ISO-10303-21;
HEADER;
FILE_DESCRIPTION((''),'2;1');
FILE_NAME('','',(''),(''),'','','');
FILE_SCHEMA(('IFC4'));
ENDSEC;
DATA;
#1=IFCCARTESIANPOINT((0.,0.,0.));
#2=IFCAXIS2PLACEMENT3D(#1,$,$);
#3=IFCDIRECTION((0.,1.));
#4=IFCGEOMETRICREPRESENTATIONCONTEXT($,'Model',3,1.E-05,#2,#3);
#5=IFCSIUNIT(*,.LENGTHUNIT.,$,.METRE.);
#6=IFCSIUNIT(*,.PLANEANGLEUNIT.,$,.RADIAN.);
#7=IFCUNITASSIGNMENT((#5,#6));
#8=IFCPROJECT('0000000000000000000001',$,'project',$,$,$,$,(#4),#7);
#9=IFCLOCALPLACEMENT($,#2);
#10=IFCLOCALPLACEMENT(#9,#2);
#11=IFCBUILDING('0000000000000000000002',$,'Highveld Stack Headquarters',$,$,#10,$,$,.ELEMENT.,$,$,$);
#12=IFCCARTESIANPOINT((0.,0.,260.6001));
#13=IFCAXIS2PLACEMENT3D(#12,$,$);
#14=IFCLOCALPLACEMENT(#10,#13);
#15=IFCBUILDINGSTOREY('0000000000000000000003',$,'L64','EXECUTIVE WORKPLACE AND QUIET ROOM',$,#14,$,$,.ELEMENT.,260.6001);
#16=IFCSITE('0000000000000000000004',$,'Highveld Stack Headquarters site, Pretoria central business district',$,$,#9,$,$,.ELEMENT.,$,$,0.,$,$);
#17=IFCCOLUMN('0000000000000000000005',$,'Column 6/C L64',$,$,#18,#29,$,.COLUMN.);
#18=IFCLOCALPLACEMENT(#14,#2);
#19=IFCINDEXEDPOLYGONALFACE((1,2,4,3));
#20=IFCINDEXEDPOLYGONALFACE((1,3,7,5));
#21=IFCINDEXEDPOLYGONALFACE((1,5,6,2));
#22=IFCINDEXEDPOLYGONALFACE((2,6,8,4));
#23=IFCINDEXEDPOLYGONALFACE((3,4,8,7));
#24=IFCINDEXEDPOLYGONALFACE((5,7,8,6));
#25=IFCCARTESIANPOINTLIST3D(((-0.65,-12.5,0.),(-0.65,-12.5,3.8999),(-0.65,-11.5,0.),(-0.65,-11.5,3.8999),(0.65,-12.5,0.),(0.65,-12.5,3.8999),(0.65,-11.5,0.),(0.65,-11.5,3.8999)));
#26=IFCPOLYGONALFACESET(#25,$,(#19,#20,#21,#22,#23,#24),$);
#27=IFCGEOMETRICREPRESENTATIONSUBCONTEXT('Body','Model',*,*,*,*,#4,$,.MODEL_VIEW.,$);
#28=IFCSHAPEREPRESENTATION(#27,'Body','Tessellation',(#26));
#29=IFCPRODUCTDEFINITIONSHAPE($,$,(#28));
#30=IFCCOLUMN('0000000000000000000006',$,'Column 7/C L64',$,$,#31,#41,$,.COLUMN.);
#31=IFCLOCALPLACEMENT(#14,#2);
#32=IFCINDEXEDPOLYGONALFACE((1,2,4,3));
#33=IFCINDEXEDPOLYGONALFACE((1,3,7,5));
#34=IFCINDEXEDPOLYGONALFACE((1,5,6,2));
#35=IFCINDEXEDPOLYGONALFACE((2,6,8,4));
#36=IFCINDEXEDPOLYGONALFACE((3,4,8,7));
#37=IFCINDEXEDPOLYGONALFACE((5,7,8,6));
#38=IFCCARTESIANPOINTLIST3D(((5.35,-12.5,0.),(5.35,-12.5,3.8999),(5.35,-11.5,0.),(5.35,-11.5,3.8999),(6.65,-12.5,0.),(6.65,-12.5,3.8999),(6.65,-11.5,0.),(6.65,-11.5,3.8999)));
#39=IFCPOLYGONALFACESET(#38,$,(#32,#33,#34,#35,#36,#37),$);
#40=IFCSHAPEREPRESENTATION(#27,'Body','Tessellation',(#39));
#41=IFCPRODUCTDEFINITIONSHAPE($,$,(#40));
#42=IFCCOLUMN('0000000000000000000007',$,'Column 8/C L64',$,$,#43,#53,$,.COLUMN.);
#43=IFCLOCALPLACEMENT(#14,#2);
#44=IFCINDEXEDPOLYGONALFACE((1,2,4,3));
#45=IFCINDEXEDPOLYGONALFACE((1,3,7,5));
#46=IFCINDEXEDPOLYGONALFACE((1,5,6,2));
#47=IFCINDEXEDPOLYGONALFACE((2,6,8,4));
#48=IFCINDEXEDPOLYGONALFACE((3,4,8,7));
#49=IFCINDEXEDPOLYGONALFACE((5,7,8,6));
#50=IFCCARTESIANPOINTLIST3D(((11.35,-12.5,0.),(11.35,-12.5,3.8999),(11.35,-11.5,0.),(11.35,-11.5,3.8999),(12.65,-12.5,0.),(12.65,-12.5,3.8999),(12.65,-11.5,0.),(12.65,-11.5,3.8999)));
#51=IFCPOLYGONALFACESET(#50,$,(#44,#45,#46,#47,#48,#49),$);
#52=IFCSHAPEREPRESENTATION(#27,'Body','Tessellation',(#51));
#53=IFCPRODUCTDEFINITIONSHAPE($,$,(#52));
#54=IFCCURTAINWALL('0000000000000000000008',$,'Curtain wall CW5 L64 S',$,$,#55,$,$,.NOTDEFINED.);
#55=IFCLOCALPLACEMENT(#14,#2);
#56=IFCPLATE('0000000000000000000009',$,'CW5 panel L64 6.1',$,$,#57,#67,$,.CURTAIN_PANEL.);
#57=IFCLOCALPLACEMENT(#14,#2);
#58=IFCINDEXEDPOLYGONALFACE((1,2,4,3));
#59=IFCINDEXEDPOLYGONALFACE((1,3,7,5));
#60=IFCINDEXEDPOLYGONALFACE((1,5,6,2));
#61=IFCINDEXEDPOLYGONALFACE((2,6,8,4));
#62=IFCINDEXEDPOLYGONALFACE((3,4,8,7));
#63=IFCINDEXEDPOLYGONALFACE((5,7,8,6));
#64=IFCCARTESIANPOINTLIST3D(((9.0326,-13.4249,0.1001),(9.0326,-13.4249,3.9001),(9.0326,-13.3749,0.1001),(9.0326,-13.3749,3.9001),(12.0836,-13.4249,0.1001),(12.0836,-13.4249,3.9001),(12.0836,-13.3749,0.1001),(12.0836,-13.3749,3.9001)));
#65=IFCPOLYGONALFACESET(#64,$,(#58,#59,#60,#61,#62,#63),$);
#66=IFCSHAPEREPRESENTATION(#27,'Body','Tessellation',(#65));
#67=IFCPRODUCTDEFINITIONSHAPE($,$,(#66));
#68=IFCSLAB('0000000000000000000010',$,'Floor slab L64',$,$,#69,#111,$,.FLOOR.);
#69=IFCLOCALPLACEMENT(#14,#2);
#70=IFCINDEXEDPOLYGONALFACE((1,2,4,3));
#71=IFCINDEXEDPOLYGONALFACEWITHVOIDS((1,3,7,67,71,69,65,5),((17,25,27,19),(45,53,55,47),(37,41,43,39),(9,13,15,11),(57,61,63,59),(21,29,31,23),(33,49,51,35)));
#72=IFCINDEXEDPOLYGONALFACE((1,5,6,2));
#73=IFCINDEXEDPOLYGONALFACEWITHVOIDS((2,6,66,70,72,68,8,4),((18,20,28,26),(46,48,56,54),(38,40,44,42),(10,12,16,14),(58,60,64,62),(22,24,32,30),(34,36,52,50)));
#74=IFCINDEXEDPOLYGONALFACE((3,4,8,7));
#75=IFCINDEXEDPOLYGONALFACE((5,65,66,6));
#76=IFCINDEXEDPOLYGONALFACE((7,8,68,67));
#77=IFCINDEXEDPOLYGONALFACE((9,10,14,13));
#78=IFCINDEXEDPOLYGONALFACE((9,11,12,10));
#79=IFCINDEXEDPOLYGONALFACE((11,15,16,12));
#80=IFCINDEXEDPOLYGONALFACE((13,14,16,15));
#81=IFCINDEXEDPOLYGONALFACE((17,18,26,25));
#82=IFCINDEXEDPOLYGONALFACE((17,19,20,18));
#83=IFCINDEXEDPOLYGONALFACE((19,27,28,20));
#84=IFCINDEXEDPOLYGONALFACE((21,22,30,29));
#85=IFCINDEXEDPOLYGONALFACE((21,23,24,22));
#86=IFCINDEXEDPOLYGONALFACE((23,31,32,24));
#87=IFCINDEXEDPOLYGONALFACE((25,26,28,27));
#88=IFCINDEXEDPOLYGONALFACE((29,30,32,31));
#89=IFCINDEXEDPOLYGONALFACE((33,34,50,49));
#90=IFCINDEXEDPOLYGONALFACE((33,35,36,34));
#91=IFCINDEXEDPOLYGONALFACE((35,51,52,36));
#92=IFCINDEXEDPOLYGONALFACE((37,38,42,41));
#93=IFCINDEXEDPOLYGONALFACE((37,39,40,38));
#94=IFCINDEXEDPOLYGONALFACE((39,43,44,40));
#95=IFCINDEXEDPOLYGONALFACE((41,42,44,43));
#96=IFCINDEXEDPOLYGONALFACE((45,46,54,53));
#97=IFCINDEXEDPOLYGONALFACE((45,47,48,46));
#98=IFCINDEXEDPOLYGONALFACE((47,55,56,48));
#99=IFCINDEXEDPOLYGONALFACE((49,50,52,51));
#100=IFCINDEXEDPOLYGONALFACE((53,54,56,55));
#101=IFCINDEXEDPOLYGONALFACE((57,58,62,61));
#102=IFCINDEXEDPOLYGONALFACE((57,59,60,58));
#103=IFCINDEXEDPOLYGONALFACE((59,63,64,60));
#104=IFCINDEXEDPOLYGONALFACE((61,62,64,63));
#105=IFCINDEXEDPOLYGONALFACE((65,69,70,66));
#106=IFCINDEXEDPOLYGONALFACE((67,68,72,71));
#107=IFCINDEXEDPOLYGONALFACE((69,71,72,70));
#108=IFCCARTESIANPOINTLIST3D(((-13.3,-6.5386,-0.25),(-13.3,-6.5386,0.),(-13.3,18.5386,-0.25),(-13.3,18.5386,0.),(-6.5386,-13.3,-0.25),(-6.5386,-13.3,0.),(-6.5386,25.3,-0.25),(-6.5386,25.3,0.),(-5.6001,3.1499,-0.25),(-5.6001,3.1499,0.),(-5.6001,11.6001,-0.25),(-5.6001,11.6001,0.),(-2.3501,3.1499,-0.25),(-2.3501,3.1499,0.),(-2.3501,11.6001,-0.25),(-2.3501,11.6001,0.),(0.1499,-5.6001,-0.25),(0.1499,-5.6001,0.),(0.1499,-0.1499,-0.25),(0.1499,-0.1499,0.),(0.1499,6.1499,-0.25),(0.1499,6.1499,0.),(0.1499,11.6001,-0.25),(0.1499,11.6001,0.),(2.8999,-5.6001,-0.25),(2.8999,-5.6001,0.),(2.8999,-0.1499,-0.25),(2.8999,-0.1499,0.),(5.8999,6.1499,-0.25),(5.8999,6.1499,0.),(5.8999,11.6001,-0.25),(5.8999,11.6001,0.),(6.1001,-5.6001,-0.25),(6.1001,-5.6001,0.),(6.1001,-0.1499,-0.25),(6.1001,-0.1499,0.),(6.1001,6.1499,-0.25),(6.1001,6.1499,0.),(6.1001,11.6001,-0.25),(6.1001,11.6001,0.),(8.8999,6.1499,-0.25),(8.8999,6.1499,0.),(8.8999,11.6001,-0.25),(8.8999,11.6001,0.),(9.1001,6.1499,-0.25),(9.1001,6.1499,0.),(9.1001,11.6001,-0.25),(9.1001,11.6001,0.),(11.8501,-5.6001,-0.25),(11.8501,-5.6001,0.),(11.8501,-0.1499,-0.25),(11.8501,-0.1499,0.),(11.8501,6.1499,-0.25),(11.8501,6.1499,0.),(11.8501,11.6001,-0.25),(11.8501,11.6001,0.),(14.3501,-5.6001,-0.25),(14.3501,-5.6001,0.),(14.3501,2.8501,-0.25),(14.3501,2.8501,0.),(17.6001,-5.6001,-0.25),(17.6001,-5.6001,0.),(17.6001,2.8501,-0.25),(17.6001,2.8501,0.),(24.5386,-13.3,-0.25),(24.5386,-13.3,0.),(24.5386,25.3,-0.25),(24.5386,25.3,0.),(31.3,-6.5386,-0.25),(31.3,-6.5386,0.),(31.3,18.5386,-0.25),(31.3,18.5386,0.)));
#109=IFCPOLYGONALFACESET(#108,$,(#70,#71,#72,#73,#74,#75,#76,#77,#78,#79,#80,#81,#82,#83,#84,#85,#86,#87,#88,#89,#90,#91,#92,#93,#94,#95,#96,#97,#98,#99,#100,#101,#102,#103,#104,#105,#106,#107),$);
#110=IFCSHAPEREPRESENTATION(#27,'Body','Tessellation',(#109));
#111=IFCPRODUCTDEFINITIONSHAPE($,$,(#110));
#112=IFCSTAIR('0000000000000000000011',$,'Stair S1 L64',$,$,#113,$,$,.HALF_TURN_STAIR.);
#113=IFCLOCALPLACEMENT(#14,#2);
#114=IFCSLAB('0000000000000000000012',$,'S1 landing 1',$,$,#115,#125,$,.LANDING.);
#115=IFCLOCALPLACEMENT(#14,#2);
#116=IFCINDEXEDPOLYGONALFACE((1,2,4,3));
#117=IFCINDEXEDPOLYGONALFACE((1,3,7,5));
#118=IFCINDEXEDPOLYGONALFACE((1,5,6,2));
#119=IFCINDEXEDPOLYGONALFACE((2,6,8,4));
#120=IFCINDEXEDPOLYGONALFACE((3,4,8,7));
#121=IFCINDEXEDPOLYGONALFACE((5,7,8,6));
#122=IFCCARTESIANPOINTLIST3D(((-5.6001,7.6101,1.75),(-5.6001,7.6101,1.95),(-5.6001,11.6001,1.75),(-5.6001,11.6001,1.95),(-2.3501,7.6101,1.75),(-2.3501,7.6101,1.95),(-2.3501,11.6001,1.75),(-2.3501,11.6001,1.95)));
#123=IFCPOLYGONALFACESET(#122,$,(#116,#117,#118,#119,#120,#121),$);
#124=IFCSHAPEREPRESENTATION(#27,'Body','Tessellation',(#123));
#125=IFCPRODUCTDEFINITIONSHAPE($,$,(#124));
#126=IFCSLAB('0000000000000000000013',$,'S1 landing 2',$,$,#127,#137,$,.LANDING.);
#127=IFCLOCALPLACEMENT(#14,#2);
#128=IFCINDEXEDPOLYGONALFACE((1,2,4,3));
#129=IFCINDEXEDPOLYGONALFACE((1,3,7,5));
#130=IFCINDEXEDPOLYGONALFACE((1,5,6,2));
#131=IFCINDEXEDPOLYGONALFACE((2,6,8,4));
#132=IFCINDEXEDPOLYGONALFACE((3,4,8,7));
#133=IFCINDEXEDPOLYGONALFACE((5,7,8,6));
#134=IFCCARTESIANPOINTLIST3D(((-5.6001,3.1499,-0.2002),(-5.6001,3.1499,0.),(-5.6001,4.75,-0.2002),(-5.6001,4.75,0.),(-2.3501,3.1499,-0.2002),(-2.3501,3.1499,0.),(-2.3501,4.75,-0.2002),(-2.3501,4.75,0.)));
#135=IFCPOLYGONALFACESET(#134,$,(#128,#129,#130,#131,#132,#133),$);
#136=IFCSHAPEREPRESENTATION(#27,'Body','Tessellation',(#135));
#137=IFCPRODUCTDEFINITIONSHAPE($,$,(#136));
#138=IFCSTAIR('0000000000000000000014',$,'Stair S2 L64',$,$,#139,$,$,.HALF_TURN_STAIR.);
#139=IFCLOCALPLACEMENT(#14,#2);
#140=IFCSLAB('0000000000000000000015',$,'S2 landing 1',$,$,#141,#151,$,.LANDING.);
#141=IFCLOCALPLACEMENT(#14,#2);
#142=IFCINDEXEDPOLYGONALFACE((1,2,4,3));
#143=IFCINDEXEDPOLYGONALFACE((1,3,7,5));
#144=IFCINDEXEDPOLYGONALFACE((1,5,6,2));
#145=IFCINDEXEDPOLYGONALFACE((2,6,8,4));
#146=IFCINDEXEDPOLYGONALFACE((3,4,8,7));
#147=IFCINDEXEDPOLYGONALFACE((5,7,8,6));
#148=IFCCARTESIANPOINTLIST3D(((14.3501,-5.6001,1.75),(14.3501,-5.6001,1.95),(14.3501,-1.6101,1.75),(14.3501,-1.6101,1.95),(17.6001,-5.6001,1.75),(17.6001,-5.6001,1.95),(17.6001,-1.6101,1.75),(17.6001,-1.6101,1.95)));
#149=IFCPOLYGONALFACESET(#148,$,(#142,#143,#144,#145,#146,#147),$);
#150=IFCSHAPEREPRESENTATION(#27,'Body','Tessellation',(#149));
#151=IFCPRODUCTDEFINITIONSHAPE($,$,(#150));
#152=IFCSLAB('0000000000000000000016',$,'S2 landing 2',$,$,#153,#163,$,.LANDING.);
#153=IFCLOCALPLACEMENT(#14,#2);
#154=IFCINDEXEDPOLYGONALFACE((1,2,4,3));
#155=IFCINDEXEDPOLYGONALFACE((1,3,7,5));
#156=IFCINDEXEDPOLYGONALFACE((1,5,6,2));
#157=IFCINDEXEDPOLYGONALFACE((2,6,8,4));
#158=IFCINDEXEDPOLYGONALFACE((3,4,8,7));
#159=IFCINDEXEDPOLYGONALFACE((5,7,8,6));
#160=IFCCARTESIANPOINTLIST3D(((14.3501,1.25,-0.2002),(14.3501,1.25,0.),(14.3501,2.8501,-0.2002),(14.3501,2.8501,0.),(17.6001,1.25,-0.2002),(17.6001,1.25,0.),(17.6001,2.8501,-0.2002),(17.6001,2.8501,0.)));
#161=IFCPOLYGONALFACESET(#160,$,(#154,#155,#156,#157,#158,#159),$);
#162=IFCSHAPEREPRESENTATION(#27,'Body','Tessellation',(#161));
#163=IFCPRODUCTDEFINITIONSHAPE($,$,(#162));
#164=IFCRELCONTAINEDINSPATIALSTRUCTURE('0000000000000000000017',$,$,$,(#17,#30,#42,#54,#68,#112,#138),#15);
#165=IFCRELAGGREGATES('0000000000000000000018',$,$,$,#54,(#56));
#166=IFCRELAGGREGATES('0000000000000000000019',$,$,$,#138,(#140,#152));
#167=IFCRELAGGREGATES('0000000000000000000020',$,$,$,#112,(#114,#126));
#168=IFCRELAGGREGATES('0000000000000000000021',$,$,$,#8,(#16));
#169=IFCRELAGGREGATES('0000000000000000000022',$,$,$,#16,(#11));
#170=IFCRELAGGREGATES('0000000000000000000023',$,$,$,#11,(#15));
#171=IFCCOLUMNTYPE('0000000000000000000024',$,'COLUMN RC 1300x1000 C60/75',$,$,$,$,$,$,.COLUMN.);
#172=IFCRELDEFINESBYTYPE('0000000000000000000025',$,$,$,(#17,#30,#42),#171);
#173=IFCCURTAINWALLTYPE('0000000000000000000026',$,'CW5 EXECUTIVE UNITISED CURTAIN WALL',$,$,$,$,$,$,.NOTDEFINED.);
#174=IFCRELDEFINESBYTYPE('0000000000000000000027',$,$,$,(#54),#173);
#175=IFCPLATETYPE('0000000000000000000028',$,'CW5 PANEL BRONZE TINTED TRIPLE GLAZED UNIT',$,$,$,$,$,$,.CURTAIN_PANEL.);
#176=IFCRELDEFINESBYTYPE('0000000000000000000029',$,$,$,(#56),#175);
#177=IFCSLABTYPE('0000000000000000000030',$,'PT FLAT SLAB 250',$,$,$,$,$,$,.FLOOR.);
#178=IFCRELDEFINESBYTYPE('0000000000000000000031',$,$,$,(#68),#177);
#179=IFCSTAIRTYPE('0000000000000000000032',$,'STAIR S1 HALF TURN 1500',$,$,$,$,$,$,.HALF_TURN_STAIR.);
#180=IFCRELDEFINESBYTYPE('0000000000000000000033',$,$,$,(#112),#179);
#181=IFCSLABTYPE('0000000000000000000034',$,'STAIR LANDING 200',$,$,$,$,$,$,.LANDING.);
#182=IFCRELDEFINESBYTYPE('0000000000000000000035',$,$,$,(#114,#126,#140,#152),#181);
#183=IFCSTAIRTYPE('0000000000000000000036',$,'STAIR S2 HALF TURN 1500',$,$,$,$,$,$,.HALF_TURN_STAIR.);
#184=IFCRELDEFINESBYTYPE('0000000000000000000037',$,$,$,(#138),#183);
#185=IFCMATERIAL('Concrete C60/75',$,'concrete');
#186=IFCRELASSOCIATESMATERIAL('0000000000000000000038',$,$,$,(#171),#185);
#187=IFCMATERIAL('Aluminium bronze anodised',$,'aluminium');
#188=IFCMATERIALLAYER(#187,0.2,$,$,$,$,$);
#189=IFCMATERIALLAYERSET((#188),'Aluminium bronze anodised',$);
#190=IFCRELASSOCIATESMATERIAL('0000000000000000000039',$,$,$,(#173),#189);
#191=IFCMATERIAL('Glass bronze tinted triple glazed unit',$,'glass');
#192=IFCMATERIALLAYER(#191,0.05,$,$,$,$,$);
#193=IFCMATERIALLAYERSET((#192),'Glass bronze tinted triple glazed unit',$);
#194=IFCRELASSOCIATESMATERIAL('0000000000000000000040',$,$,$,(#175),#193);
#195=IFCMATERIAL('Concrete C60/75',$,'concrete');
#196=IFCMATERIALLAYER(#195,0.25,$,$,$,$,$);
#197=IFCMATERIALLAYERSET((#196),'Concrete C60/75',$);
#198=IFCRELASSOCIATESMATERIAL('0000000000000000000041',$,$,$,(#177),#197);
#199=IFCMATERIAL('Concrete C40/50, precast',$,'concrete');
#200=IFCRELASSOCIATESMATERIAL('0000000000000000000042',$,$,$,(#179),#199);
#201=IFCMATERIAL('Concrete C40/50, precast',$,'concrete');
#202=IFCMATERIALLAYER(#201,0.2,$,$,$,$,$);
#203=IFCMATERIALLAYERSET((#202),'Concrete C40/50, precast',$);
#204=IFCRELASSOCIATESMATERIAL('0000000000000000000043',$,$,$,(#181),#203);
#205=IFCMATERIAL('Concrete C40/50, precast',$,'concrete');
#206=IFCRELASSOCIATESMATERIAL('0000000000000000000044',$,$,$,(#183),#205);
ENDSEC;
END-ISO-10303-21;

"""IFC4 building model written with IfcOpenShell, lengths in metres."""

from ifc_helpers import new_model, si_unit, direction, frame, origin, origin_2d, place, context, subcontext, project, spatial, polyline, rectangle, outline, extrude, material, layer, layer_set, material_profile, profile_set, type_object, element, aggregate, save


model = new_model("IFC4")

# Units and contexts
model_context = context("Model", 3, precision=1e-05, world=origin(), true_north=direction((0.0, 1.0)))
body_context = subcontext(model_context, "Body", "Model", "MODEL_VIEW")
ifc_project = project(units=[si_unit("LENGTHUNIT", "METRE"), si_unit("PLANEANGLEUNIT", "RADIAN")], contexts=[model_context])

# Site, building, storey
site_placement = place(None, origin())
site = spatial("IfcSite", under=ifc_project, at=site_placement, Name="Highveld Stack Headquarters site, Pretoria central business district", CompositionType="ELEMENT", RefElevation=0.0)
building_placement = place(site_placement, origin())
building = spatial("IfcBuilding", under=site, at=building_placement, Name="Highveld Stack Headquarters", CompositionType="ELEMENT")
storey_placement = place(building_placement, frame((0.0, 0.0, 260.6001)))
storey = spatial("IfcBuildingStorey", under=building, at=storey_placement, Name="L64", Description="EXECUTIVE WORKPLACE AND QUIET ROOM", CompositionType="ELEMENT", Elevation=260.6001)

# Columns
ifc_material_1 = material(Name="Concrete C60/75", Category="concrete")
ifc_material_profile = material_profile(ifc_material_1, rectangle(XDim=1.3, YDim=1.0, at=origin_2d()), Name="RC 1300x1000")
ifc_profile_set = profile_set([ifc_material_profile], Name="Concrete C60/75")
column_type = type_object("IfcColumnType", Name="COLUMN RC 1300x1000 C60/75", PredefinedType="COLUMN", material=ifc_profile_set)
for number, where, z_axis, x_axis, name in (
    (1, (0.0, -12.0, 0.0), (0.0, 0.0, 1.0), (1.0, 0.0, 0.0), "Column 6/C L64"),
    (2, (6.0, -12.0, 0.0), (0.0, 0.0, 1.0), (1.0, 0.0, 0.0), "Column 7/C L64"),
    (3, (12.0, -12.0, 0.0), (0.0, 0.0, 1.0), (1.0, 0.0, 0.0), "Column 8/C L64"),
):
    element("IfcColumn", number, at=place(storey_placement, frame(where, z_axis=z_axis, x_axis=x_axis)), inside=storey, type_object=column_type, Name=name, PredefinedType="COLUMN", context=body_context, shape_type="SweptSolid", body=[
        extrude(rectangle(XDim=1.3, YDim=1.0, at=origin_2d()), origin(), (0.0, 0.0, 1.0), 3.8999),
    ])

# Curtain wall, plate
ifc_material_2 = material(Name="Aluminium bronze anodised", Category="aluminium")
ifc_layer_1 = layer(ifc_material_2, 0.2)
ifc_layer_set_1 = layer_set([ifc_layer_1], Name="Aluminium bronze anodised")
curtain_wall_type = type_object("IfcCurtainWallType", Name="CW5 EXECUTIVE UNITISED CURTAIN WALL", PredefinedType="NOTDEFINED", material=ifc_layer_set_1)
curtain_wall_placement = place(storey_placement, origin())
curtain_wall = element("IfcCurtainWall", 4, at=curtain_wall_placement, inside=storey, type_object=curtain_wall_type, Name="Curtain wall CW5 L64 S", PredefinedType="NOTDEFINED")
ifc_material_3 = material(Name="Glass bronze tinted triple glazed unit", Category="glass")
ifc_layer_2 = layer(ifc_material_3, 0.05)
ifc_layer_set_2 = layer_set([ifc_layer_2], Name="Glass bronze tinted triple glazed unit")
plate_type = type_object("IfcPlateType", Name="CW5 PANEL BRONZE TINTED TRIPLE GLAZED UNIT", PredefinedType="CURTAIN_PANEL", material=ifc_layer_set_2)
plate_placement = place(storey_placement, frame((10.5581, -13.3999, 0.1001), z_axis=(0.0, 0.0, 1.0), x_axis=(1.0, 0.0, 0.0)))
plate = element("IfcPlate", 5, at=plate_placement, type_object=plate_type, Name="CW5 panel L64 6.1", PredefinedType="CURTAIN_PANEL", context=body_context, shape_type="SweptSolid", body=[
    extrude(rectangle(XDim=3.051, YDim=0.05, at=origin_2d()), origin(), (0.0, 0.0, 1.0), 3.8),
])
aggregate(curtain_wall, [plate])

# Slab
ifc_material_4 = material(Name="Concrete C60/75", Category="concrete")
ifc_layer_3 = layer(ifc_material_4, 0.25)
ifc_layer_set_3 = layer_set([ifc_layer_3], Name="Concrete C60/75")
slab_type_1 = type_object("IfcSlabType", Name="PT FLAT SLAB 250", PredefinedType="FLOOR", material=ifc_layer_set_3)
slab_1_placement = place(storey_placement, frame((0.0, 0.0, -0.25)))
element("IfcSlab", 6, at=slab_1_placement, inside=storey, type_object=slab_type_1, Name="Floor slab L64", PredefinedType="FLOOR", context=body_context, shape_type="SweptSolid", body=[
    extrude(outline(polyline([(-6.5386, -13.3), (24.5386, -13.3), (31.3, -6.5386), (31.3, 18.5386), (24.5386, 25.3), (-6.5386, 25.3), (-13.3, 18.5386), (-13.3, -6.5386), (-6.5386, -13.3)]), holes=[polyline([(0.1499, 6.1499), (5.8999, 6.1499), (5.8999, 11.6001), (0.1499, 11.6001), (0.1499, 6.1499)]), polyline([(9.1001, 6.1499), (11.8501, 6.1499), (11.8501, 11.6001), (9.1001, 11.6001), (9.1001, 6.1499)]), polyline([(6.1001, 6.1499), (8.8999, 6.1499), (8.8999, 11.6001), (6.1001, 11.6001), (6.1001, 6.1499)]), polyline([(6.1001, -5.6001), (11.8501, -5.6001), (11.8501, -0.1499), (6.1001, -0.1499), (6.1001, -5.6001)]), polyline([(0.1499, -5.6001), (2.8999, -5.6001), (2.8999, -0.1499), (0.1499, -0.1499), (0.1499, -5.6001)]), polyline([(-5.6001, 3.1499), (-2.3501, 3.1499), (-2.3501, 11.6001), (-5.6001, 11.6001), (-5.6001, 3.1499)]), polyline([(14.3501, -5.6001), (17.6001, -5.6001), (17.6001, 2.8501), (14.3501, 2.8501), (14.3501, -5.6001)])]), origin(), (0.0, 0.0, 1.0), 0.25),
])

# Stairs, slabs
ifc_material_5 = material(Name="Concrete C40/50, precast", Category="concrete")
stair_type_1 = type_object("IfcStairType", Name="STAIR S1 HALF TURN 1500", PredefinedType="HALF_TURN_STAIR", material=ifc_material_5)
stair_1_placement = place(storey_placement, origin())
stair_1 = element("IfcStair", 7, at=stair_1_placement, inside=storey, type_object=stair_type_1, Name="Stair S1 L64", PredefinedType="HALF_TURN_STAIR")
ifc_material_6 = material(Name="Concrete C40/50, precast", Category="concrete")
ifc_layer_4 = layer(ifc_material_6, 0.2)
ifc_layer_set_4 = layer_set([ifc_layer_4], Name="Concrete C40/50, precast")
slab_type_2 = type_object("IfcSlabType", Name="STAIR LANDING 200", PredefinedType="LANDING", material=ifc_layer_set_4)
slab_2_placement = place(storey_placement, frame((0.0, 0.0, 1.75)))
slab_2 = element("IfcSlab", 8, at=slab_2_placement, type_object=slab_type_2, Name="S1 landing 1", PredefinedType="LANDING", context=body_context, shape_type="SweptSolid", body=[
    extrude(outline(polyline([(-5.6001, 7.6101), (-2.3501, 7.6101), (-2.3501, 11.6001), (-5.6001, 11.6001), (-5.6001, 7.6101)])), origin(), (0.0, 0.0, 1.0), 0.2),
])
slab_3_placement = place(storey_placement, frame((0.0, 0.0, -0.2002)))
slab_3 = element("IfcSlab", 9, at=slab_3_placement, type_object=slab_type_2, Name="S1 landing 2", PredefinedType="LANDING", context=body_context, shape_type="SweptSolid", body=[
    extrude(outline(polyline([(-5.6001, 3.1499), (-2.3501, 3.1499), (-2.3501, 4.75), (-5.6001, 4.75), (-5.6001, 3.1499)])), origin(), (0.0, 0.0, 1.0), 0.2002),
])
ifc_material_7 = material(Name="Concrete C40/50, precast", Category="concrete")
stair_type_2 = type_object("IfcStairType", Name="STAIR S2 HALF TURN 1500", PredefinedType="HALF_TURN_STAIR", material=ifc_material_7)
stair_2_placement = place(storey_placement, origin())
stair_2 = element("IfcStair", 10, at=stair_2_placement, inside=storey, type_object=stair_type_2, Name="Stair S2 L64", PredefinedType="HALF_TURN_STAIR")
slab_4_placement = place(storey_placement, frame((0.0, 0.0, 1.75)))
slab_4 = element("IfcSlab", 11, at=slab_4_placement, type_object=slab_type_2, Name="S2 landing 1", PredefinedType="LANDING", context=body_context, shape_type="SweptSolid", body=[
    extrude(outline(polyline([(14.3501, -5.6001), (17.6001, -5.6001), (17.6001, -1.6101), (14.3501, -1.6101), (14.3501, -5.6001)])), origin(), (0.0, 0.0, 1.0), 0.2),
])
slab_5_placement = place(storey_placement, frame((0.0, 0.0, -0.2002)))
slab_5 = element("IfcSlab", 12, at=slab_5_placement, type_object=slab_type_2, Name="S2 landing 2", PredefinedType="LANDING", context=body_context, shape_type="SweptSolid", body=[
    extrude(outline(polyline([(14.3501, 1.25), (17.6001, 1.25), (17.6001, 2.8501), (14.3501, 2.8501), (14.3501, 1.25)])), origin(), (0.0, 0.0, 1.0), 0.2002),
])
aggregate(stair_2, [slab_4, slab_5])

aggregate(stair_1, [slab_2, slab_3])

save(model, "model.ifc")
